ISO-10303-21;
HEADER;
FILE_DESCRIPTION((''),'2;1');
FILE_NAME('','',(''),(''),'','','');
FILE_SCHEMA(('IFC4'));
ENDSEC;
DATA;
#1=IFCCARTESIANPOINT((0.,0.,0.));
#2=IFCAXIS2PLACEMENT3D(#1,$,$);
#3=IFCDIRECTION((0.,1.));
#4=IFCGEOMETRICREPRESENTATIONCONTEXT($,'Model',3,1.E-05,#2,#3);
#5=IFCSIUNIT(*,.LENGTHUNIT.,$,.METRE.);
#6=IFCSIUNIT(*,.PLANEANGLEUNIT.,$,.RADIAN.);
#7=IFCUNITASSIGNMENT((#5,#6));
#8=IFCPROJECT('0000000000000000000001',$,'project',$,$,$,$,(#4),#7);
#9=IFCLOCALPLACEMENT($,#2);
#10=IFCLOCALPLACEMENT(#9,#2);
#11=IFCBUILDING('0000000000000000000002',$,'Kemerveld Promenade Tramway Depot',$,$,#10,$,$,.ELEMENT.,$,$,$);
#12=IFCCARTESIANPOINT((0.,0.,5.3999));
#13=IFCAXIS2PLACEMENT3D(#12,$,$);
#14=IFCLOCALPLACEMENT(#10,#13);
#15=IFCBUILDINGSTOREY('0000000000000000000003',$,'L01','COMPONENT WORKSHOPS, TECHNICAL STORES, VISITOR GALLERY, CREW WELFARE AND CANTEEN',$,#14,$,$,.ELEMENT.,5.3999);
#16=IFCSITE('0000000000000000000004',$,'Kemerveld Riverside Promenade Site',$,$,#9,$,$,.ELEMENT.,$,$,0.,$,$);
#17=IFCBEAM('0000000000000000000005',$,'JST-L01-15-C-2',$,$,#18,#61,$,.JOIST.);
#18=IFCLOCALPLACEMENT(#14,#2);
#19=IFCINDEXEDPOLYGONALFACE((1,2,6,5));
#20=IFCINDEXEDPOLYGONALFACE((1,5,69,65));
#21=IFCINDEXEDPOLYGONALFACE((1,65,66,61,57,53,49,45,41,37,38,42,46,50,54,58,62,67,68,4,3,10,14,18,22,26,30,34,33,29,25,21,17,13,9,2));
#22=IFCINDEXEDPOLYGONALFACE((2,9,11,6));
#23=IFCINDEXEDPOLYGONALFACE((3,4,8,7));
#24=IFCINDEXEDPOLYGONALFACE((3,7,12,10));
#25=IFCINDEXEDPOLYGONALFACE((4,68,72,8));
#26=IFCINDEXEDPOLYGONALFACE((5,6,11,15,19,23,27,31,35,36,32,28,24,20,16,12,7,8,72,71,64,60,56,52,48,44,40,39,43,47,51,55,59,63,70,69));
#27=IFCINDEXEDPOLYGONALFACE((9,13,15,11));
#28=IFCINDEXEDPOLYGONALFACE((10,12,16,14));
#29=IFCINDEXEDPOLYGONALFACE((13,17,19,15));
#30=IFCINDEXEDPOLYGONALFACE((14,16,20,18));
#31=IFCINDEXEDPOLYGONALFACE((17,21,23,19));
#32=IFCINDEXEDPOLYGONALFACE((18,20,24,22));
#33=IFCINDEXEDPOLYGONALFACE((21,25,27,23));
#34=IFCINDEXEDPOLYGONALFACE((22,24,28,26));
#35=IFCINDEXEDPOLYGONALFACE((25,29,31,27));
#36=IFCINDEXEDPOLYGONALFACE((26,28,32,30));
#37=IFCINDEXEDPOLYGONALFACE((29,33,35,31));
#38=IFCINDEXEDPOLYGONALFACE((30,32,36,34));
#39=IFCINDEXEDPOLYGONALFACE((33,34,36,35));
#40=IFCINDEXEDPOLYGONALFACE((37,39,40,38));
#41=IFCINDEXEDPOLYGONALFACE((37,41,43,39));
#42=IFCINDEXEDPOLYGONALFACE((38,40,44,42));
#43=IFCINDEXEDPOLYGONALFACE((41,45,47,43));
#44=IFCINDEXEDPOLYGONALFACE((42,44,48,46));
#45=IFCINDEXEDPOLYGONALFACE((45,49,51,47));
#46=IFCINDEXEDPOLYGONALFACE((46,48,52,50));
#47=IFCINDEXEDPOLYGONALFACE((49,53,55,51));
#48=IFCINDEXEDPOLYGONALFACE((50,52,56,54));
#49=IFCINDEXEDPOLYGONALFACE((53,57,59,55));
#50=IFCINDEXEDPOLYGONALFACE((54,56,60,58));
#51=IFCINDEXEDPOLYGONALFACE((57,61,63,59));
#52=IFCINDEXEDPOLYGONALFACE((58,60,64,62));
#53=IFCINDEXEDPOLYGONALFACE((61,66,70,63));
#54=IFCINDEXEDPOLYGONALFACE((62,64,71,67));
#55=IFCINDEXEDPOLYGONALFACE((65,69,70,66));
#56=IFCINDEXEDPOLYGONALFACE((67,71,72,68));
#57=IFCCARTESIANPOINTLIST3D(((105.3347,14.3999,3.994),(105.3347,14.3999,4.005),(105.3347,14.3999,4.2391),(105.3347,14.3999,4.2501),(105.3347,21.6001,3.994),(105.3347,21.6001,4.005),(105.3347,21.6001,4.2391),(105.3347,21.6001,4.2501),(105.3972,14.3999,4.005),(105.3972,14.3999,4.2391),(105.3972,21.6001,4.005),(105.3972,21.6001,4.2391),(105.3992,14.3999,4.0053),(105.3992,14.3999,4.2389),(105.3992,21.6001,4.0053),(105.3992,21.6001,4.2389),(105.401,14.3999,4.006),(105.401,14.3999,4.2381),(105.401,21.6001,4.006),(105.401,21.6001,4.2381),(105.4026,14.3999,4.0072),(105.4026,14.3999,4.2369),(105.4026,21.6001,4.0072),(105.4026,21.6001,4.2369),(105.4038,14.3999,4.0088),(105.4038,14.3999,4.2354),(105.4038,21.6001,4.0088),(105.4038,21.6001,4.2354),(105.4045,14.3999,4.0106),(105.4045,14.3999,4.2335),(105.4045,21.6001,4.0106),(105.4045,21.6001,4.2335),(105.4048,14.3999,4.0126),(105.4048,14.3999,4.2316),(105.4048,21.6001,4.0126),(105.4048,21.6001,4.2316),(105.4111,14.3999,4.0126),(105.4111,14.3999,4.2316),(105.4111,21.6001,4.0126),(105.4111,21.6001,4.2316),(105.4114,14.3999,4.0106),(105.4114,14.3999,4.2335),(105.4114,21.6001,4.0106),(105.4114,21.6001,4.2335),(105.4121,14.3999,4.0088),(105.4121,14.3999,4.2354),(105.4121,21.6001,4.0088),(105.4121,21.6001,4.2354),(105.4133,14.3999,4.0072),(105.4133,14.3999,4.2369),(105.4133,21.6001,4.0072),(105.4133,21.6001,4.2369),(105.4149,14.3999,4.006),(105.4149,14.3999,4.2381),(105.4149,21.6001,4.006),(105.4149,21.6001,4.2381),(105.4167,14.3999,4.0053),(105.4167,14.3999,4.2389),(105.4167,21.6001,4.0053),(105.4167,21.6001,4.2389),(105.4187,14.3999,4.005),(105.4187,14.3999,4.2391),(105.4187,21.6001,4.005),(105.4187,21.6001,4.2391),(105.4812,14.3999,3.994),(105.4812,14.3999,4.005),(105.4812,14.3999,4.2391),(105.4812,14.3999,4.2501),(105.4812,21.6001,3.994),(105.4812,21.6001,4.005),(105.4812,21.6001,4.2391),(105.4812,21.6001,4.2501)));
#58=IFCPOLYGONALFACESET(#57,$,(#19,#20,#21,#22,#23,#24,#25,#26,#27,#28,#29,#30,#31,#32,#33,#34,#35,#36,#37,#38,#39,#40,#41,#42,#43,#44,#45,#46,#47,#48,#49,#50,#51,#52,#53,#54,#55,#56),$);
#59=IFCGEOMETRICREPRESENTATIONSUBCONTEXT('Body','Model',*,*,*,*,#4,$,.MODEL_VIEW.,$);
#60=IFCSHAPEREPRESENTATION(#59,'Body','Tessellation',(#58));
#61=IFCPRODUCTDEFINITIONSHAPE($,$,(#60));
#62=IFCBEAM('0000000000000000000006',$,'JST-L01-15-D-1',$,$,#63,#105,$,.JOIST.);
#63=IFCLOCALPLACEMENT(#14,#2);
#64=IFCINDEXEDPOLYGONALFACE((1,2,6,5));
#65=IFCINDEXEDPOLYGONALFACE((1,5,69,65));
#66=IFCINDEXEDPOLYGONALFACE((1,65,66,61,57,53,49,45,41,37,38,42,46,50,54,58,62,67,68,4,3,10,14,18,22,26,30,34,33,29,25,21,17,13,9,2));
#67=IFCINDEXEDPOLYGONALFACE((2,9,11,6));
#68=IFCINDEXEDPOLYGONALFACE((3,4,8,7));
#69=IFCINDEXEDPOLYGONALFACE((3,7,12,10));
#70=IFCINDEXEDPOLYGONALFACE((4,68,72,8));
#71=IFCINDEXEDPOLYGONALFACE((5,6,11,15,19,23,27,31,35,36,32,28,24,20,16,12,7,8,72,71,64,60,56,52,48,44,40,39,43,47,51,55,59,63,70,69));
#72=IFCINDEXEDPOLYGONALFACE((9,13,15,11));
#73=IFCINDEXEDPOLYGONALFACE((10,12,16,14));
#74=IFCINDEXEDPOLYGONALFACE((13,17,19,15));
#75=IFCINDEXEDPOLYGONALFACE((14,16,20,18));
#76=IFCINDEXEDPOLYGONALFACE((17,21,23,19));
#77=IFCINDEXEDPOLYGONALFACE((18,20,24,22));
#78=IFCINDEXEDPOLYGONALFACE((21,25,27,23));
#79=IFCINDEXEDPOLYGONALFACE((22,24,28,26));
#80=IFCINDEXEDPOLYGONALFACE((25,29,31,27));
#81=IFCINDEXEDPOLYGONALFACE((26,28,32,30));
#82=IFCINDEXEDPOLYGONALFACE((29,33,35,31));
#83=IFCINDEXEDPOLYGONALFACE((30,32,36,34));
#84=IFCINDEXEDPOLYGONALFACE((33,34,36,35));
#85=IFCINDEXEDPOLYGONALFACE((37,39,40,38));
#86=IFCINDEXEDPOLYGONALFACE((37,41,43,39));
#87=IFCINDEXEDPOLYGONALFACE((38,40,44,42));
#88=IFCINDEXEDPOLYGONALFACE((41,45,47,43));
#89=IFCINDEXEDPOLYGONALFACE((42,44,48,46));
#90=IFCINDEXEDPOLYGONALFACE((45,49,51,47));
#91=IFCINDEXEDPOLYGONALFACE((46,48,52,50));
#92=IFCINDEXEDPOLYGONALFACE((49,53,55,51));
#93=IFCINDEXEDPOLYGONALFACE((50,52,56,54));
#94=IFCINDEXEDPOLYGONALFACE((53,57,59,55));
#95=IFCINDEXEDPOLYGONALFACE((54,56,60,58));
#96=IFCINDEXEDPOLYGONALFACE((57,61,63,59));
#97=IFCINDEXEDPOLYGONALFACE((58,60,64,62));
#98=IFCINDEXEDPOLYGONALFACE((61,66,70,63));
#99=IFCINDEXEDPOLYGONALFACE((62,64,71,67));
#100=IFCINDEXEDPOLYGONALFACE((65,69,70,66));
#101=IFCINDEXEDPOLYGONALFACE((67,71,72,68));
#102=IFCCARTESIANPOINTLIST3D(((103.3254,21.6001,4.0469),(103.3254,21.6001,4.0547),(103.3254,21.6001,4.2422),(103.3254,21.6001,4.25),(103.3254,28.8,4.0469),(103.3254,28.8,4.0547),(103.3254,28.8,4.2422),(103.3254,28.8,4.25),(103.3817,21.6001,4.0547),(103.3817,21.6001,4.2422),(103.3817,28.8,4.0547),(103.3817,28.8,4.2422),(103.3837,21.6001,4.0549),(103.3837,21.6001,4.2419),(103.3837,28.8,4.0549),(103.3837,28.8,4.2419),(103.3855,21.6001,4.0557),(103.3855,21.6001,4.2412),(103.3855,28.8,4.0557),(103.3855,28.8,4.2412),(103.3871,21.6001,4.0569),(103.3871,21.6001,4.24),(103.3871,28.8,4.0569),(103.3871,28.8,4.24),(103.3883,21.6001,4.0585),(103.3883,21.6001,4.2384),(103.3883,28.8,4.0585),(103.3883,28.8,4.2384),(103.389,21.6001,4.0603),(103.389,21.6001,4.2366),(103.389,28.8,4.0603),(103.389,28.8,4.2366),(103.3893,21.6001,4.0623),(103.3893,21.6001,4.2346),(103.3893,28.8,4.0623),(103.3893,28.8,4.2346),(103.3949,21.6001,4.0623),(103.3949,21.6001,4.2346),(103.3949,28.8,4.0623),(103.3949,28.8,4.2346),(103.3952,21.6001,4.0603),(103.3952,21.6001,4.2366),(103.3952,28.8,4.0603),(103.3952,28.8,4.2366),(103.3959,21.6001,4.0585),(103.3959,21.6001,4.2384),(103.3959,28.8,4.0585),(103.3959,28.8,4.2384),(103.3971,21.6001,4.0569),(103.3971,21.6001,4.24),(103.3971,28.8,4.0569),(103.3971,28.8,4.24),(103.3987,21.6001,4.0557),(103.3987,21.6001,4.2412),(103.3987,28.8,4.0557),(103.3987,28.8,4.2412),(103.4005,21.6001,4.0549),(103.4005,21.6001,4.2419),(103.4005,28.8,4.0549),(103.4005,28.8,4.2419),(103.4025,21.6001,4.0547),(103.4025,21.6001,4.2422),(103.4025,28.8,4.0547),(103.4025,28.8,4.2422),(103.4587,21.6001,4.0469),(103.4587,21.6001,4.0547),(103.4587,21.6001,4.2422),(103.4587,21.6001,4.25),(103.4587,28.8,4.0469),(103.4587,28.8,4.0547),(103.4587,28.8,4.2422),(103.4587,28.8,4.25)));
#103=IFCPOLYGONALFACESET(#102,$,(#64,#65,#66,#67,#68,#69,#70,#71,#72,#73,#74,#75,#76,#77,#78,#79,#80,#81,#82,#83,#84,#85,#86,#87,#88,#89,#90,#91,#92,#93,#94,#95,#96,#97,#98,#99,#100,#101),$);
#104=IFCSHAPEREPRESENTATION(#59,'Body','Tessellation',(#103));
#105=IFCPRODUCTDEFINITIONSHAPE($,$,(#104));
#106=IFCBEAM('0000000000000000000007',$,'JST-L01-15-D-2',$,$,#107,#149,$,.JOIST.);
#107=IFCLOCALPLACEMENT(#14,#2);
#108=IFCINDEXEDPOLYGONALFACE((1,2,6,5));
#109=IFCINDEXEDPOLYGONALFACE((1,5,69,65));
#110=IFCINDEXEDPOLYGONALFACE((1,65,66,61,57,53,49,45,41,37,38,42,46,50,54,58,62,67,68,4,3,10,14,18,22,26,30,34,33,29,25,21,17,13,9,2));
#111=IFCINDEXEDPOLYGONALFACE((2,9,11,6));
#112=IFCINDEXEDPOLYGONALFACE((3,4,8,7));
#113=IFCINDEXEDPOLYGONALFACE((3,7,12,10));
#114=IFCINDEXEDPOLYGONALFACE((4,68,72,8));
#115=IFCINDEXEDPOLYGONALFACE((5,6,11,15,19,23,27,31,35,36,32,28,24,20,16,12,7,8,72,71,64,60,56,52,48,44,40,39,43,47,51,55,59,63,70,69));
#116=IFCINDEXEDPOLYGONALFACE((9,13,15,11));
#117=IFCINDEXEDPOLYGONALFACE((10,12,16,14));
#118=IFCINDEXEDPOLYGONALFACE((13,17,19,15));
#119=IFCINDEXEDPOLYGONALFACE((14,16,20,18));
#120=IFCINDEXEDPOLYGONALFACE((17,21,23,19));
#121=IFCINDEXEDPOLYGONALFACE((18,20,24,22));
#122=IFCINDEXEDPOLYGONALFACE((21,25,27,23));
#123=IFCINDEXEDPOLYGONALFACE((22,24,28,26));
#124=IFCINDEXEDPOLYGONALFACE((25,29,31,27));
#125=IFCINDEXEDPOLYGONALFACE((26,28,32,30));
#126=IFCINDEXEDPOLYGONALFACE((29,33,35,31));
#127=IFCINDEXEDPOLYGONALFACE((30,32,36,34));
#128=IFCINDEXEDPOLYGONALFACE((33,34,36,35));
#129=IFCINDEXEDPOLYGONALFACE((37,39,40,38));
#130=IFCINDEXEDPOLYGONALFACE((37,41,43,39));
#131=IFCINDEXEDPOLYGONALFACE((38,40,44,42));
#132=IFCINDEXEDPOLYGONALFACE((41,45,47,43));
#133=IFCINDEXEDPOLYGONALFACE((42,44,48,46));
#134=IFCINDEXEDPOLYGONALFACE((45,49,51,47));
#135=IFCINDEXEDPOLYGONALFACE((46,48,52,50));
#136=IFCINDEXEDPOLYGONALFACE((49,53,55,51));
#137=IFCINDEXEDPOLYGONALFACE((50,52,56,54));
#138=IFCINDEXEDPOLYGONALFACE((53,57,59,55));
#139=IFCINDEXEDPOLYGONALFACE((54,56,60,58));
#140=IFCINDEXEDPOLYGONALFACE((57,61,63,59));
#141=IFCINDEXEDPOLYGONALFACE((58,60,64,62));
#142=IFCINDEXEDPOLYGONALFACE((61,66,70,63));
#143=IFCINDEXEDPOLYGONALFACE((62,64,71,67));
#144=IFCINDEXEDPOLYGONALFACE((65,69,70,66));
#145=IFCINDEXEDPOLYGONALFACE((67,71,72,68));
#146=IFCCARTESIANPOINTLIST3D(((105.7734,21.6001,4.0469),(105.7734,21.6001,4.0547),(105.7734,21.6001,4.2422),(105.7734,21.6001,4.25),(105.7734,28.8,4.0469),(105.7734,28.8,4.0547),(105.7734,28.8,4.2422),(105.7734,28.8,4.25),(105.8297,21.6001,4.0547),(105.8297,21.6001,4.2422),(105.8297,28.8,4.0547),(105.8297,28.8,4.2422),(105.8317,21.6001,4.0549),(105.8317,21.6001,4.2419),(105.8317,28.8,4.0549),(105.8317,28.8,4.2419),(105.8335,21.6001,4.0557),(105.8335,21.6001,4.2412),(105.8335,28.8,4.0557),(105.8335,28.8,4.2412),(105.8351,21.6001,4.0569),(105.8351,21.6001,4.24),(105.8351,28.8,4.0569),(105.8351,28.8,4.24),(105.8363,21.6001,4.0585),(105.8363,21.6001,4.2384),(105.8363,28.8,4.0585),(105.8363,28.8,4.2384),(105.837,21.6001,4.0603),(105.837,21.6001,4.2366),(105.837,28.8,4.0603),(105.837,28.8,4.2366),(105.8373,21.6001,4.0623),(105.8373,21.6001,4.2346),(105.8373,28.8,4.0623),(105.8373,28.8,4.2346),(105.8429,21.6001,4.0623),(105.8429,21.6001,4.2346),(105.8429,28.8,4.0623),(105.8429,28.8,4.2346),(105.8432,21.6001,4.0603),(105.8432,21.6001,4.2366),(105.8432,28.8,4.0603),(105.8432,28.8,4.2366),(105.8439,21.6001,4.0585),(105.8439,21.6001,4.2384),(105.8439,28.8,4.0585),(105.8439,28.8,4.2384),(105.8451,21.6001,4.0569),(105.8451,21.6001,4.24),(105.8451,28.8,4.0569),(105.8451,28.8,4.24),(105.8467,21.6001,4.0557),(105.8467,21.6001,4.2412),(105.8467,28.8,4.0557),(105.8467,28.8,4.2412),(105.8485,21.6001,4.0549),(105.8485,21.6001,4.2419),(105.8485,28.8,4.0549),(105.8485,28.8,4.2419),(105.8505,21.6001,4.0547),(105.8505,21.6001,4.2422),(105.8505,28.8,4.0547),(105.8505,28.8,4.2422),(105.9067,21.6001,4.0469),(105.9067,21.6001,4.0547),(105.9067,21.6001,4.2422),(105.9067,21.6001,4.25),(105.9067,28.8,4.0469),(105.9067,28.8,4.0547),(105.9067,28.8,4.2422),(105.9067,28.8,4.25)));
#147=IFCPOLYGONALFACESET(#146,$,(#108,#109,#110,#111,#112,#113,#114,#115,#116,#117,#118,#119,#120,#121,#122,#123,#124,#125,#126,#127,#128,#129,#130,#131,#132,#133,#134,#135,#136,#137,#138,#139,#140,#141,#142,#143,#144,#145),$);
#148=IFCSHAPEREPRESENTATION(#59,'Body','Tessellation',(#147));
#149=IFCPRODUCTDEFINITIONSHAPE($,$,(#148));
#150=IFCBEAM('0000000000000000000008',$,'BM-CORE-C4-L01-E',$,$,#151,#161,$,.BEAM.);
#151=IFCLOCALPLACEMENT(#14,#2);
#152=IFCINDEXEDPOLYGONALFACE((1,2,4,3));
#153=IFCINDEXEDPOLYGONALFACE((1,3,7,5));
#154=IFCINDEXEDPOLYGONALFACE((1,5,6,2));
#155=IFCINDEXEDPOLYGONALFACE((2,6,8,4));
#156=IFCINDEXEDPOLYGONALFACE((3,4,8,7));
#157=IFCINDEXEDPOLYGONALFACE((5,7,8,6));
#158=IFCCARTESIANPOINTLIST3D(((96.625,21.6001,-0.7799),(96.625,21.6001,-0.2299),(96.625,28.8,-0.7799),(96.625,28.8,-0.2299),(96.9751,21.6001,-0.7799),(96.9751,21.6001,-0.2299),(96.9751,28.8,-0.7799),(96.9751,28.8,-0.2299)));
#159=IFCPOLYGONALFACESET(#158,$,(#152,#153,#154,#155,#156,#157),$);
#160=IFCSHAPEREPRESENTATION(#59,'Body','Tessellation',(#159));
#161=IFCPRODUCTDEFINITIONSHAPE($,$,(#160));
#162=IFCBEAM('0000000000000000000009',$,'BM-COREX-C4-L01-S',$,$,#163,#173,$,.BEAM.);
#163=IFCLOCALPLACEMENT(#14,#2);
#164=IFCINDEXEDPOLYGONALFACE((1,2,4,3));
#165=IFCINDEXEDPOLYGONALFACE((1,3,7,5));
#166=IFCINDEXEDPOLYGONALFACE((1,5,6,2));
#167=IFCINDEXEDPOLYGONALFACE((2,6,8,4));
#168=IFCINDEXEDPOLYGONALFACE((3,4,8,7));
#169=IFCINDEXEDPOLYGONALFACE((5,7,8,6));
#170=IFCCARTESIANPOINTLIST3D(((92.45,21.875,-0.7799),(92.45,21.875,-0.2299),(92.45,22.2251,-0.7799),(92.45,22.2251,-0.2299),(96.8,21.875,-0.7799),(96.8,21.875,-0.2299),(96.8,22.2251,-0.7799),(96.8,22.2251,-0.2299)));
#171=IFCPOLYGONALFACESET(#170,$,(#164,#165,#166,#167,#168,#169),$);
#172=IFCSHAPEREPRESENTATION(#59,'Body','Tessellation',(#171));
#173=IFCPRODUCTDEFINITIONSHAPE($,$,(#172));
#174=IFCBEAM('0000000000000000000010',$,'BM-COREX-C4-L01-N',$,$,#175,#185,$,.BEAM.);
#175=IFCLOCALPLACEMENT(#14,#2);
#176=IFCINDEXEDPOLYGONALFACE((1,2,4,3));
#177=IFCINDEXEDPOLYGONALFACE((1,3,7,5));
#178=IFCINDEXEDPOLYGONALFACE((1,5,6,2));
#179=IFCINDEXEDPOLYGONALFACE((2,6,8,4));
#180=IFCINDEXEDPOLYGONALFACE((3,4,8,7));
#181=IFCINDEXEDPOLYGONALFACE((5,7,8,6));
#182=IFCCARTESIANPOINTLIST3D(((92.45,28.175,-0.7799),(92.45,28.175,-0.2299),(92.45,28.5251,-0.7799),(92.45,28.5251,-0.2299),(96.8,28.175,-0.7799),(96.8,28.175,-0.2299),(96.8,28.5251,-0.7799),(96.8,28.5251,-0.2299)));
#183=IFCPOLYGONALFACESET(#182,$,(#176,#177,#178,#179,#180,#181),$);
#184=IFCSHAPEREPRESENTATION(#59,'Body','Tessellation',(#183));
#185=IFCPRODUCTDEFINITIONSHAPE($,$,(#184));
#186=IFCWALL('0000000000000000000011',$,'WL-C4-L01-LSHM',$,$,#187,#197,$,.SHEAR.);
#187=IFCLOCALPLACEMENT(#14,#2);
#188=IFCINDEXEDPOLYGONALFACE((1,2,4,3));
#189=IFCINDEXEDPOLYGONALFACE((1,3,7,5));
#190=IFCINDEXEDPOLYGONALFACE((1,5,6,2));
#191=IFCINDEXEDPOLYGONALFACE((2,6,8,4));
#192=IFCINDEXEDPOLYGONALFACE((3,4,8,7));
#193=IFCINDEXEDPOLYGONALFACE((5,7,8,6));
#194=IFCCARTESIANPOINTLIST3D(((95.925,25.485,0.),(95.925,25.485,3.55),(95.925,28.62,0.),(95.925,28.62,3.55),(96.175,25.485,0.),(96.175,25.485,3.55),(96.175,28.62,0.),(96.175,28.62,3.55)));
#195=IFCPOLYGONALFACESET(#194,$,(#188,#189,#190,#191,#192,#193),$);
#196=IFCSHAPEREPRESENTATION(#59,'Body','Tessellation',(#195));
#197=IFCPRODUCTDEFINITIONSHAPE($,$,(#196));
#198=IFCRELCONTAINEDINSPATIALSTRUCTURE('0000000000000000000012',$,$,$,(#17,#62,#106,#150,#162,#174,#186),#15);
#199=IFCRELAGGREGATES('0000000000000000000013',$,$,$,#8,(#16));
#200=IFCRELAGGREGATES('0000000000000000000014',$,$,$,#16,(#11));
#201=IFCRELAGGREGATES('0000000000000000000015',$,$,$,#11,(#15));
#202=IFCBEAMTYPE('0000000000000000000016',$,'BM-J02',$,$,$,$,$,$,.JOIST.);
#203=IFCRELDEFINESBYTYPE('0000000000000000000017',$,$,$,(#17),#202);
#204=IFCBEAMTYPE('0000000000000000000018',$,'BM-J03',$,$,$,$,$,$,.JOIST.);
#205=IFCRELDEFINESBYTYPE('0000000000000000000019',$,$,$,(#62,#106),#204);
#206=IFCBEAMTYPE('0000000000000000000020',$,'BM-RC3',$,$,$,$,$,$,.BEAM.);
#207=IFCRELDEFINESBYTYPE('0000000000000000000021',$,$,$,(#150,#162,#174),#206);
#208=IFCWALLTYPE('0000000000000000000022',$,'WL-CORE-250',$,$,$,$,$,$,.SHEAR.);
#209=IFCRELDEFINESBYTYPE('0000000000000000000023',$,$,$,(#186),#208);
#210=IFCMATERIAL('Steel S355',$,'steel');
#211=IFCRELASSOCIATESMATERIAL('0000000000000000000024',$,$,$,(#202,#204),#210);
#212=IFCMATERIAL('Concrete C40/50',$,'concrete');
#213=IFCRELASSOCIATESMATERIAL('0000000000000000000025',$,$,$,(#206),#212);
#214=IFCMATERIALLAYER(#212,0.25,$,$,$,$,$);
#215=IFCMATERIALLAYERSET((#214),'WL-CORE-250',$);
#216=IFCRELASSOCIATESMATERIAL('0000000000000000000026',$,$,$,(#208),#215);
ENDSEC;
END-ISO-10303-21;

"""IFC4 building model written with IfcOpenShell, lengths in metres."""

from ifc_helpers import new_model, si_unit, direction, frame, frame_2d, origin, origin_2d, place, context, subcontext, project, spatial, rectangle, i_section, extrude, material, layer, layer_set, material_profile, profile_set, type_object, element, save


model = new_model("IFC4")

# Units and contexts
model_context = context("Model", 3, precision=1e-05, world=origin(), true_north=direction((0.0, 1.0)))
body_context = subcontext(model_context, "Body", "Model", "MODEL_VIEW")
ifc_project = project(units=[si_unit("LENGTHUNIT", "METRE"), si_unit("PLANEANGLEUNIT", "RADIAN")], contexts=[model_context])

# Site, building, storey
site_placement = place(None, origin())
site = spatial("IfcSite", under=ifc_project, at=site_placement, Name="Kemerveld Riverside Promenade Site", CompositionType="ELEMENT", RefElevation=0.0)
building_placement = place(site_placement, origin())
building = spatial("IfcBuilding", under=site, at=building_placement, Name="Kemerveld Promenade Tramway Depot", CompositionType="ELEMENT")
storey_placement = place(building_placement, frame((0.0, 0.0, 5.3999)))
storey = spatial("IfcBuildingStorey", under=building, at=storey_placement, Name="L01", Description="COMPONENT WORKSHOPS, TECHNICAL STORES, VISITOR GALLERY, CREW WELFARE AND CANTEEN", CompositionType="ELEMENT", Elevation=5.3999)

# Shared definitions
ifc_material_1 = material(Name="Steel S355", Category="steel")

# Beams
ifc_material_profile_1 = material_profile(ifc_material_1, i_section(OverallWidth=0.1465, OverallDepth=0.2561, WebThickness=0.0063, FlangeThickness=0.011, FilletRadius=0.0076, at=origin_2d()), Name="254x146x37 UB")
ifc_profile_set_1 = profile_set([ifc_material_profile_1], Name="Steel S355")
beam_type_1 = type_object("IfcBeamType", Name="BM-J02", PredefinedType="JOIST", material=ifc_profile_set_1)
for number, where, z_axis, x_axis, name in (
    (1, (105.408, 14.3999, 4.1221), (0.0, 1.0, 0.0), (-1.0, 0.0, 0.0), "JST-L01-15-C-2"),
):
    element("IfcBeam", number, at=place(storey_placement, frame(where, z_axis=z_axis, x_axis=x_axis)), inside=storey, type_object=beam_type_1, Name=name, PredefinedType="JOIST", context=body_context, shape_type="SweptSolid", body=[
        extrude(i_section(OverallWidth=0.1465, OverallDepth=0.2561, WebThickness=0.0063, FlangeThickness=0.011, FilletRadius=0.0076, at=origin_2d()), origin(), (0.0, 0.0, 1.0), 7.2002),
    ])
ifc_material_profile_2 = material_profile(ifc_material_1, i_section(OverallWidth=0.1333, OverallDepth=0.2031, WebThickness=0.0056, FlangeThickness=0.0078, FilletRadius=0.0076, at=origin_2d()), Name="203x133x25 UB")
ifc_profile_set_2 = profile_set([ifc_material_profile_2], Name="Steel S355")
beam_type_2 = type_object("IfcBeamType", Name="BM-J03", PredefinedType="JOIST", material=ifc_profile_set_2)
for number, where, z_axis, x_axis, name in (
    (2, (103.3921, 21.6001, 4.1484), (0.0, 1.0, 0.0), (-1.0, 0.0, 0.0), "JST-L01-15-D-1"),
    (3, (105.8401, 21.6001, 4.1484), (0.0, 1.0, 0.0), (-1.0, 0.0, 0.0), "JST-L01-15-D-2"),
):
    element("IfcBeam", number, at=place(storey_placement, frame(where, z_axis=z_axis, x_axis=x_axis)), inside=storey, type_object=beam_type_2, Name=name, PredefinedType="JOIST", context=body_context, shape_type="SweptSolid", body=[
        extrude(i_section(OverallWidth=0.1333, OverallDepth=0.2031, WebThickness=0.0056, FlangeThickness=0.0078, FilletRadius=0.0076, at=origin_2d()), origin(), (0.0, 0.0, 1.0), 7.2),
    ])
ifc_material_2 = material(Name="Concrete C40/50", Category="concrete")
ifc_material_profile_3 = material_profile(ifc_material_2, rectangle(XDim=0.3501, YDim=0.55, at=origin_2d()), Name="RC-BM-350x550")
ifc_profile_set_3 = profile_set([ifc_material_profile_3], Name="Concrete C40/50")
beam_type_3 = type_object("IfcBeamType", Name="BM-RC3", PredefinedType="BEAM", material=ifc_profile_set_3)
beam_1_placement = place(storey_placement, frame((96.8, 21.6001, -0.5049), z_axis=(0.0, 1.0, 0.0), x_axis=(-1.0, 0.0, 0.0)))
element("IfcBeam", 4, at=beam_1_placement, inside=storey, type_object=beam_type_3, Name="BM-CORE-C4-L01-E", PredefinedType="BEAM", context=body_context, shape_type="SweptSolid", body=[
    extrude(rectangle(XDim=0.3501, YDim=0.55, at=origin_2d()), origin(), (0.0, 0.0, 1.0), 7.2),
])
for number, where, z_axis, x_axis, name in (
    (5, (92.45, 22.05, -0.5049), (1.0, 0.0, 0.0), (0.0, 1.0, 0.0), "BM-COREX-C4-L01-S"),
    (6, (92.45, 28.3501, -0.5049), (1.0, 0.0, 0.0), (0.0, 1.0, 0.0), "BM-COREX-C4-L01-N"),
):
    element("IfcBeam", number, at=place(storey_placement, frame(where, z_axis=z_axis, x_axis=x_axis)), inside=storey, type_object=beam_type_3, Name=name, PredefinedType="BEAM", context=body_context, shape_type="SweptSolid", body=[
        extrude(rectangle(XDim=0.3501, YDim=0.55, at=origin_2d()), origin(), (0.0, 0.0, 1.0), 4.3501),
    ])

# Shared definitions
ifc_layer_1 = layer(ifc_material_2, 0.25)
ifc_layer_set_1 = layer_set([ifc_layer_1], Name="WL-CORE-250")
wall_type_1 = type_object("IfcWallType", Name="WL-CORE-250", PredefinedType="SHEAR", material=ifc_layer_set_1)

# Wall
wall_1_placement = place(storey_placement, frame((96.05, 25.4851, 0.0), z_axis=(0.0, 0.0, 1.0), x_axis=(0.0, 1.0, 0.0)))
element("IfcWall", 7, at=wall_1_placement, inside=storey, type_object=wall_type_1, Name="WL-C4-L01-LSHM", PredefinedType="SHEAR", context=body_context, shape_type="SweptSolid", body=[
    extrude(rectangle(XDim=3.135, YDim=0.25, at=frame_2d((1.5674, 0.0))), origin(), (0.0, 0.0, 1.0), 3.55),
])

save(model, "model.ifc")
